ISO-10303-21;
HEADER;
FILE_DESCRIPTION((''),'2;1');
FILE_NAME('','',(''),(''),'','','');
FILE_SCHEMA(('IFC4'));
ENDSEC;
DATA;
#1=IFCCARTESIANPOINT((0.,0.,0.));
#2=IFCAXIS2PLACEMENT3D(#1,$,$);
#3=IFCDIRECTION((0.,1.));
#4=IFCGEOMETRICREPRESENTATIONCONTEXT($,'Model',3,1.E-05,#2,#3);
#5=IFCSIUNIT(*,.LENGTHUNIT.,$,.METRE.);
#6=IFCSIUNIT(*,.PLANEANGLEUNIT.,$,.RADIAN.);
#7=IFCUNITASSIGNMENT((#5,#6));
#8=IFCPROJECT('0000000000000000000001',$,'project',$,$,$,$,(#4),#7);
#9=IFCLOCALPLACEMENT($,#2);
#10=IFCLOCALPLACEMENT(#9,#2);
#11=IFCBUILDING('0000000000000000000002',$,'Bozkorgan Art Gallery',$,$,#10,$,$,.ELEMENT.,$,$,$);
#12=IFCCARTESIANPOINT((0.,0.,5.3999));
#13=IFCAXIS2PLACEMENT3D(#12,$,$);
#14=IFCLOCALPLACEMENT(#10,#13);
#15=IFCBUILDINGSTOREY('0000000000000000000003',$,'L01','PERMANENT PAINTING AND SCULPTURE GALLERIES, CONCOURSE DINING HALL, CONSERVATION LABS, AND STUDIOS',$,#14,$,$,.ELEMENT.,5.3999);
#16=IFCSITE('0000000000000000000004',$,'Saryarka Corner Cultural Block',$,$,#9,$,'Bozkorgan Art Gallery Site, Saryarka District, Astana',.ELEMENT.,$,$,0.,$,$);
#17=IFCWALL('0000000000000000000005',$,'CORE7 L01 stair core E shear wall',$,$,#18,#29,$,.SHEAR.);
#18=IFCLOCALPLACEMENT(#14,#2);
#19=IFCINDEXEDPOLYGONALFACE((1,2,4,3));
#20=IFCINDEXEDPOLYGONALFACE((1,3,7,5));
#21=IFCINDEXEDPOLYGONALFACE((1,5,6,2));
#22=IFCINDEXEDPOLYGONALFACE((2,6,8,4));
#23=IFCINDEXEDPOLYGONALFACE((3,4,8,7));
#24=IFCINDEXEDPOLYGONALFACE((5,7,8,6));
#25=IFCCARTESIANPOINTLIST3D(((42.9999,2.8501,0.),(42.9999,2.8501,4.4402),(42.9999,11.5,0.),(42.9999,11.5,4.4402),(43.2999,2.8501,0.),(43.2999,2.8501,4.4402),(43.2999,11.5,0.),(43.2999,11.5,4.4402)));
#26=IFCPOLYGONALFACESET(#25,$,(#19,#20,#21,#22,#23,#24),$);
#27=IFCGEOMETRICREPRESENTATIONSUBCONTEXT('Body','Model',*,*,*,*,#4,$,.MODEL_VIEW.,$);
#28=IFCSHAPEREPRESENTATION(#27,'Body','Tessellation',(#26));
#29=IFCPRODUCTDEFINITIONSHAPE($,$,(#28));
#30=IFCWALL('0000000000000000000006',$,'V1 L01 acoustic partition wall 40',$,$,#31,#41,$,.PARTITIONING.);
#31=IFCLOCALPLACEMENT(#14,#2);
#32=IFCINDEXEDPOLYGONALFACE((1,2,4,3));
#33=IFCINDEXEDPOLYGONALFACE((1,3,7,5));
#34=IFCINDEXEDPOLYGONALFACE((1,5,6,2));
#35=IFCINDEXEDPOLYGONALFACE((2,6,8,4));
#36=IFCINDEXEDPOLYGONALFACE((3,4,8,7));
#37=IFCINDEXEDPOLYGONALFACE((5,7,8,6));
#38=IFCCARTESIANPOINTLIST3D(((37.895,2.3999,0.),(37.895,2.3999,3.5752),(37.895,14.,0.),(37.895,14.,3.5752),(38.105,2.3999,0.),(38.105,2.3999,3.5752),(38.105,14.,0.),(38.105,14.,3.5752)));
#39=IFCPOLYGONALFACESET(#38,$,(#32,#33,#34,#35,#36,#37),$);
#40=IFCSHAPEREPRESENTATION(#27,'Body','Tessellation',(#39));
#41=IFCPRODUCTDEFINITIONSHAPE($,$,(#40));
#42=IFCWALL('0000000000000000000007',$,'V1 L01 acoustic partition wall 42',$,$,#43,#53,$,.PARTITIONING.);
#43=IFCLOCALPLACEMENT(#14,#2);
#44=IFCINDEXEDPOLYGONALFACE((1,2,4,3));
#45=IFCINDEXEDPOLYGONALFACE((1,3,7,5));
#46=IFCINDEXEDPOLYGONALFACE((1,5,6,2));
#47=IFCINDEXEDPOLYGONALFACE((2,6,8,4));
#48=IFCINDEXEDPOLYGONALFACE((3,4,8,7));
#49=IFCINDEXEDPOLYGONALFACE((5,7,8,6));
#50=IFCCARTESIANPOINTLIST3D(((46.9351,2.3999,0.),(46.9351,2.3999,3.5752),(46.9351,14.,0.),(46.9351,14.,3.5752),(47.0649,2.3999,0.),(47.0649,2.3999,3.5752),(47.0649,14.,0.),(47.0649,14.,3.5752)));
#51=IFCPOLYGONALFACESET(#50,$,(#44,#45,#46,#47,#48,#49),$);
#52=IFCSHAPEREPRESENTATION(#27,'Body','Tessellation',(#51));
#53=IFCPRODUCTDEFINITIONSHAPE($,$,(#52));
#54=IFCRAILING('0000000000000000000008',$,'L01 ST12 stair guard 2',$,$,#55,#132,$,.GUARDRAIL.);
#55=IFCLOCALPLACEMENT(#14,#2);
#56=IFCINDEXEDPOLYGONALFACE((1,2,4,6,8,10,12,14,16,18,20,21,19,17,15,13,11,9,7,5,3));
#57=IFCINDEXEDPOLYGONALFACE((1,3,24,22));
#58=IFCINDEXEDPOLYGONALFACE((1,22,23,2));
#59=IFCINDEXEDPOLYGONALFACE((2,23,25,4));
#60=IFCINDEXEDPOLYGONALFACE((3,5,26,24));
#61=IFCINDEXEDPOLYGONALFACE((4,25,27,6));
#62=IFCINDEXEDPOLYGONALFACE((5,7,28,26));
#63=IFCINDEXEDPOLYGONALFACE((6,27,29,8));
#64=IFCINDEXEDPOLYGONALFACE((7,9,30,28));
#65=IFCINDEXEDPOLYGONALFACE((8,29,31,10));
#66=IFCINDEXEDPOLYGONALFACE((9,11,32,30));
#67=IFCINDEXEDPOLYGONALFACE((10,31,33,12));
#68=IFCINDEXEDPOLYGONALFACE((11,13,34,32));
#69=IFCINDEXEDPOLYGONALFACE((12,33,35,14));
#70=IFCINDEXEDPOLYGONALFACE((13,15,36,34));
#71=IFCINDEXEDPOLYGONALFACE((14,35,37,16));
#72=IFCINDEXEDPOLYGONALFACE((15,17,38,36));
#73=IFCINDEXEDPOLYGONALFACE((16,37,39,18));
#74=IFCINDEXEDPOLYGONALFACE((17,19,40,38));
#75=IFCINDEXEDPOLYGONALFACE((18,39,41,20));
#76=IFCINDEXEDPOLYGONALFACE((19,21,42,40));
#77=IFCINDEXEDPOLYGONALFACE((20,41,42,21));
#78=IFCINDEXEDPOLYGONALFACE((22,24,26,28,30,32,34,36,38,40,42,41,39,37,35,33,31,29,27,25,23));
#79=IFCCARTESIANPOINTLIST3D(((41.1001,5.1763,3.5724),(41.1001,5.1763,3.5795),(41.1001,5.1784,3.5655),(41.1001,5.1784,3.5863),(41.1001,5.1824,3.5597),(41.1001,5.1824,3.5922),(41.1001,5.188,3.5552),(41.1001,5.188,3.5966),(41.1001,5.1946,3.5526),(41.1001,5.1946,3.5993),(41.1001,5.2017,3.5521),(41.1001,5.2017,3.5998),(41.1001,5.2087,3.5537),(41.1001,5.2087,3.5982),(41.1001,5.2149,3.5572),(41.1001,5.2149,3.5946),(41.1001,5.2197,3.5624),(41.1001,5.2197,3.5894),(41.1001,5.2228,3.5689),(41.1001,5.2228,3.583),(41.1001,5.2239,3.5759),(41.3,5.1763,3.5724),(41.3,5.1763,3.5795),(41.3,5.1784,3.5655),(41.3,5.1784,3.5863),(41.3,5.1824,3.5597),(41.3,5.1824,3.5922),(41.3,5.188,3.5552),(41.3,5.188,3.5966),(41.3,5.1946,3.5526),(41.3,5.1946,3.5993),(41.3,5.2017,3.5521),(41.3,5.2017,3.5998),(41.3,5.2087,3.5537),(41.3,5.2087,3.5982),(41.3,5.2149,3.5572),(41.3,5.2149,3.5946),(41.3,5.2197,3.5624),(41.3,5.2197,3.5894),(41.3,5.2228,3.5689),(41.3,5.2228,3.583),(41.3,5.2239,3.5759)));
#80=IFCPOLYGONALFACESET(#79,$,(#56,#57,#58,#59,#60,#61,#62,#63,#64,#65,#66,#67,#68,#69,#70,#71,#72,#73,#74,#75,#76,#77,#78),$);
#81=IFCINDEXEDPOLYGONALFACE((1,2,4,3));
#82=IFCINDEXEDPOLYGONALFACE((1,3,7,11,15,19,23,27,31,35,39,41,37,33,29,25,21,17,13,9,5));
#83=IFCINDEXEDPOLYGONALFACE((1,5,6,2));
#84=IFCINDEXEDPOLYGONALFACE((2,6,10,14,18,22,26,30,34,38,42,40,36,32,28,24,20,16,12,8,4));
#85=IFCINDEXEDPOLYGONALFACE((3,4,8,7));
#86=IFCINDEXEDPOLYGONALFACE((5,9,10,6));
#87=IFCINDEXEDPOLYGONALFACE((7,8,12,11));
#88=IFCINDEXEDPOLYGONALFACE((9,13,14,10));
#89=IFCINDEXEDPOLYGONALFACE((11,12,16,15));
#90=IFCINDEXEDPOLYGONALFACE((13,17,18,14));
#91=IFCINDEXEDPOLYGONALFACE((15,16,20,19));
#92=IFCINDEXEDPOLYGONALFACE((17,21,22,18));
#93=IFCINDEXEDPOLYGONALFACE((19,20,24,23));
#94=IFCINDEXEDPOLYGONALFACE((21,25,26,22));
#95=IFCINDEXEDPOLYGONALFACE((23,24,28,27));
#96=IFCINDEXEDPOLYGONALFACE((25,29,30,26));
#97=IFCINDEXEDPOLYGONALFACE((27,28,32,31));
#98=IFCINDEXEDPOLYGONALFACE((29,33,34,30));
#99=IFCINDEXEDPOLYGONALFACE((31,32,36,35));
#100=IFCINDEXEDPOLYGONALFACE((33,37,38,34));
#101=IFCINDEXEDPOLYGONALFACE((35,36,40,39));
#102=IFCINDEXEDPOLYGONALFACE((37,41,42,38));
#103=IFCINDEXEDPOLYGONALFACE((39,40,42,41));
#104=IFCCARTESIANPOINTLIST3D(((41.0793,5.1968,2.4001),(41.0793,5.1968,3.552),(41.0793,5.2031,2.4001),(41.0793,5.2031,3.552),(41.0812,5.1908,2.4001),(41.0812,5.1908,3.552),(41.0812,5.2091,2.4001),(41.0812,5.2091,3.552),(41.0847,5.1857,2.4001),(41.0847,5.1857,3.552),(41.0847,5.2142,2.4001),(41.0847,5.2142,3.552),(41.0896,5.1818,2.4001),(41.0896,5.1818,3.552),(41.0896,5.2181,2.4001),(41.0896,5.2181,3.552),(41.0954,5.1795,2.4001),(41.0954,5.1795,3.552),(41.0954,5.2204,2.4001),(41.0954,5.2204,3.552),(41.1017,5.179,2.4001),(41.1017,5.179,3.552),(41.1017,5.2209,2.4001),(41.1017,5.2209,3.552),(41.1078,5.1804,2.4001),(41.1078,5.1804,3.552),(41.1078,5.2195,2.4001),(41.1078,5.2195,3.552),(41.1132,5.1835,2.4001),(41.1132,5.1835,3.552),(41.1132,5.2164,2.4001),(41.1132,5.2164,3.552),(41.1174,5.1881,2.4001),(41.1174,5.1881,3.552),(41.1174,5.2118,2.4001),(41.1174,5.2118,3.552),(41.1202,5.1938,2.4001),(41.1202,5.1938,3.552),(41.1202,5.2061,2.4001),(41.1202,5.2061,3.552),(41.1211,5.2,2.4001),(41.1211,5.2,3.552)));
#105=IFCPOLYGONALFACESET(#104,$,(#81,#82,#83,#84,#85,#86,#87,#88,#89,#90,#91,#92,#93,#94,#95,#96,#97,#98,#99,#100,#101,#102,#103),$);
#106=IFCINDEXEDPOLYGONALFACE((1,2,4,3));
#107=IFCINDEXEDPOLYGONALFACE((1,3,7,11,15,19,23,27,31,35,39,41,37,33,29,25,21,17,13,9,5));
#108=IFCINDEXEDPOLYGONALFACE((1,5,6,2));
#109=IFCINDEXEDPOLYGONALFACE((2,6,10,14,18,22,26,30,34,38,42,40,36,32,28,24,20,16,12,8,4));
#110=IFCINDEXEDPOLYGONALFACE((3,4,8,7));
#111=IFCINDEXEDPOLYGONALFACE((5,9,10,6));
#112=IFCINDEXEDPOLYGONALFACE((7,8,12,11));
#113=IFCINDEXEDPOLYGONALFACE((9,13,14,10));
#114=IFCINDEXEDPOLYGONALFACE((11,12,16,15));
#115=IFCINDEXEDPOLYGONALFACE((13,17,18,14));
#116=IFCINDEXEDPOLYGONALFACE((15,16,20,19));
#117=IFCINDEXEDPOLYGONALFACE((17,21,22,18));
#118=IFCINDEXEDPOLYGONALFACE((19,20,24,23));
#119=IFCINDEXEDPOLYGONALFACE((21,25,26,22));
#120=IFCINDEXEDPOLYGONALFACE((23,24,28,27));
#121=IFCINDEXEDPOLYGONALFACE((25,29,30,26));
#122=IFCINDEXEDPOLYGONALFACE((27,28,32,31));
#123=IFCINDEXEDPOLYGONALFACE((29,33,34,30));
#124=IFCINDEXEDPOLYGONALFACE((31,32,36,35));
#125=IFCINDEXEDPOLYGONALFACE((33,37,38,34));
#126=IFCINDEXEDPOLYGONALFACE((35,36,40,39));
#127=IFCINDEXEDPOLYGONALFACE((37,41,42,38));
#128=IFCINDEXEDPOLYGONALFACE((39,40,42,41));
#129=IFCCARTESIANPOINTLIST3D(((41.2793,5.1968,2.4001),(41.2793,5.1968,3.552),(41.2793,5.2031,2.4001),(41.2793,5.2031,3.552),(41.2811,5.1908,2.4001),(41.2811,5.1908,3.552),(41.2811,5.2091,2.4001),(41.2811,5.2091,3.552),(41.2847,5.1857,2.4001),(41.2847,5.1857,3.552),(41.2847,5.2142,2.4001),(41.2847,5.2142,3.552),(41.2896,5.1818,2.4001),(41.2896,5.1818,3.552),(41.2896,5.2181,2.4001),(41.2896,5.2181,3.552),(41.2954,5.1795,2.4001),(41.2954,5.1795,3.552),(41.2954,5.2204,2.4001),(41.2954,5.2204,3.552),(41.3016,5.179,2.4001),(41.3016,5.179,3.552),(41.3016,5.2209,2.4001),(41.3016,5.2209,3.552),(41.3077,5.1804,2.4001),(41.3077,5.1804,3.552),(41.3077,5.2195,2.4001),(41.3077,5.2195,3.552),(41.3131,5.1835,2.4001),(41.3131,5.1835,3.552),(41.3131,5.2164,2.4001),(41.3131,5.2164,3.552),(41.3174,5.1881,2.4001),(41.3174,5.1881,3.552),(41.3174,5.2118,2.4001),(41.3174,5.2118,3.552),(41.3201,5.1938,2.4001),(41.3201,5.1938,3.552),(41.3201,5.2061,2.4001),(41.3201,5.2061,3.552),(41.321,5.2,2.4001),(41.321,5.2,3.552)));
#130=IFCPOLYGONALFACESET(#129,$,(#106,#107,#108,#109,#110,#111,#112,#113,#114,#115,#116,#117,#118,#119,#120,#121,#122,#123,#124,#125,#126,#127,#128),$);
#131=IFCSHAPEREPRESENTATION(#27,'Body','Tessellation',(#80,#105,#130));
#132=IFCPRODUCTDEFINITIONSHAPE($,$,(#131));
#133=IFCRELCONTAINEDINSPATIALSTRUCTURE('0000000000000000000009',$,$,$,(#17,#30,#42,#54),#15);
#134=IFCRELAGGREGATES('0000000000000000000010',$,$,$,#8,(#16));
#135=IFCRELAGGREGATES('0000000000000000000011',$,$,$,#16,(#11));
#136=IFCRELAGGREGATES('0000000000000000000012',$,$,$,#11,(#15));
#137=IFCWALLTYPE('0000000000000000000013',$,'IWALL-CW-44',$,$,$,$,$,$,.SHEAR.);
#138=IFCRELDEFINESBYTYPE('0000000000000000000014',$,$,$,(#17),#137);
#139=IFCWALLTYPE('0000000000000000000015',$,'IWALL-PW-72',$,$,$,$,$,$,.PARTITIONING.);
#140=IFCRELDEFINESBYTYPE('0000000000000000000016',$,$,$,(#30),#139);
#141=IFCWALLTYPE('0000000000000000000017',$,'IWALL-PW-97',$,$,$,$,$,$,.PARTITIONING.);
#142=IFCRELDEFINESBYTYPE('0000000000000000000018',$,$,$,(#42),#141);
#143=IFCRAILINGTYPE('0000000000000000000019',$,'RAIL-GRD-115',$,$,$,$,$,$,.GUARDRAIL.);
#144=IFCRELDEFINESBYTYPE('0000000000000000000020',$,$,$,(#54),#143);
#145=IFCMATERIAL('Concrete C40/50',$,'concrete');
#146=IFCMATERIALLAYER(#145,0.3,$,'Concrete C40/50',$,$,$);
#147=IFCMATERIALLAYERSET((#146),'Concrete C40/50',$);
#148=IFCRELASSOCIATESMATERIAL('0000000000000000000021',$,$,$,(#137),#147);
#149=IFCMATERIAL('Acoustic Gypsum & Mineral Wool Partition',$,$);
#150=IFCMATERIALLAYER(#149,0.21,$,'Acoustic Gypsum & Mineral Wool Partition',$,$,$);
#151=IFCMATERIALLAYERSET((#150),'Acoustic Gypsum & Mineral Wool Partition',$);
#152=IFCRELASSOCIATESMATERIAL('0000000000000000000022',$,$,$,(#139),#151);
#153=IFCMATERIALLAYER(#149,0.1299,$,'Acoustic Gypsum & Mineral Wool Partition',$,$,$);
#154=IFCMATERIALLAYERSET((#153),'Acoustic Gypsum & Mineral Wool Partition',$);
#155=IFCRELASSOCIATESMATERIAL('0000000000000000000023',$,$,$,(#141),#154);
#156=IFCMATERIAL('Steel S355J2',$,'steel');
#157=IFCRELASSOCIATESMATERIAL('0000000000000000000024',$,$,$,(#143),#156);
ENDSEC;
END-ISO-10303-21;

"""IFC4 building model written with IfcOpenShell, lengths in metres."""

from ifc_helpers import new_model, si_unit, direction, frame, frame_2d, origin, origin_2d, place, context, subcontext, project, spatial, rectangle, circle, extrude, material, layer, layer_set, type_object, element, save


model = new_model("IFC4")

# Units and contexts
model_context = context("Model", 3, precision=1e-05, world=origin(), true_north=direction((0.0, 1.0)))
body_context = subcontext(model_context, "Body", "Model", "MODEL_VIEW")
ifc_project = project(units=[si_unit("LENGTHUNIT", "METRE"), si_unit("PLANEANGLEUNIT", "RADIAN")], contexts=[model_context])

# Site, building, storey
site_placement = place(None, origin())
site = spatial("IfcSite", under=ifc_project, at=site_placement, Name="Saryarka Corner Cultural Block", LongName="Bozkorgan Art Gallery Site, Saryarka District, Astana", CompositionType="ELEMENT", RefElevation=0.0)
building_placement = place(site_placement, origin())
building = spatial("IfcBuilding", under=site, at=building_placement, Name="Bozkorgan Art Gallery", CompositionType="ELEMENT")
storey_placement = place(building_placement, frame((0.0, 0.0, 5.3999)))
storey = spatial("IfcBuildingStorey", under=building, at=storey_placement, Name="L01", Description="PERMANENT PAINTING AND SCULPTURE GALLERIES, CONCOURSE DINING HALL, CONSERVATION LABS, AND STUDIOS", CompositionType="ELEMENT", Elevation=5.3999)

# Shared definitions
ifc_material_1 = material(Name="Concrete C40/50", Category="concrete")

# Walls
ifc_layer_1 = layer(ifc_material_1, 0.3, Name="Concrete C40/50")
ifc_layer_set_1 = layer_set([ifc_layer_1], Name="Concrete C40/50")
wall_type_1 = type_object("IfcWallType", Name="IWALL-CW-44", PredefinedType="SHEAR", material=ifc_layer_set_1)
for number, where, z_axis, x_axis, name in (
    (1, (43.1499, 2.8501, 0.0), (0.0, 0.0, 1.0), (0.0, 1.0, 0.0), "CORE7 L01 stair core E shear wall"),
):
    element("IfcWall", number, at=place(storey_placement, frame(where, z_axis=z_axis, x_axis=x_axis)), inside=storey, type_object=wall_type_1, Name=name, PredefinedType="SHEAR", context=body_context, shape_type="SweptSolid", body=[
        extrude(rectangle(XDim=8.6499, YDim=0.3, at=frame_2d((4.325, 0.0))), origin(), (0.0, 0.0, 1.0), 4.4402),
    ])
ifc_material_2 = material(Name="Acoustic Gypsum & Mineral Wool Partition")
ifc_layer_2 = layer(ifc_material_2, 0.21, Name="Acoustic Gypsum & Mineral Wool Partition")
ifc_layer_set_2 = layer_set([ifc_layer_2], Name="Acoustic Gypsum & Mineral Wool Partition")
wall_type_2 = type_object("IfcWallType", Name="IWALL-PW-72", PredefinedType="PARTITIONING", material=ifc_layer_set_2)
wall_1_placement = place(storey_placement, frame((38.0, 2.3999, 0.0), z_axis=(0.0, 0.0, 1.0), x_axis=(0.0, 1.0, 0.0)))
element("IfcWall", 2, at=wall_1_placement, inside=storey, type_object=wall_type_2, Name="V1 L01 acoustic partition wall 40", PredefinedType="PARTITIONING", context=body_context, shape_type="SweptSolid", body=[
    extrude(rectangle(XDim=11.6001, YDim=0.21, at=frame_2d((5.8, 0.0))), origin(), (0.0, 0.0, 1.0), 3.5752),
])
ifc_layer_3 = layer(ifc_material_2, 0.1299, Name="Acoustic Gypsum & Mineral Wool Partition")
ifc_layer_set_3 = layer_set([ifc_layer_3], Name="Acoustic Gypsum & Mineral Wool Partition")
wall_type_3 = type_object("IfcWallType", Name="IWALL-PW-97", PredefinedType="PARTITIONING", material=ifc_layer_set_3)
wall_2_placement = place(storey_placement, frame((47.0, 2.3999, 0.0), z_axis=(0.0, 0.0, 1.0), x_axis=(0.0, 1.0, 0.0)))
element("IfcWall", 3, at=wall_2_placement, inside=storey, type_object=wall_type_3, Name="V1 L01 acoustic partition wall 42", PredefinedType="PARTITIONING", context=body_context, shape_type="SweptSolid", body=[
    extrude(rectangle(XDim=11.6001, YDim=0.1299, at=frame_2d((5.8, 0.0))), origin(), (0.0, 0.0, 1.0), 3.5752),
])

# Railing
ifc_material_3 = material(Name="Steel S355J2", Category="steel")
railing_type = type_object("IfcRailingType", Name="RAIL-GRD-115", PredefinedType="GUARDRAIL", material=ifc_material_3)
railing_1_placement = place(storey_placement, frame((41.1001, 5.2, 2.4001)))
element("IfcRailing", 4, at=railing_1_placement, inside=storey, type_object=railing_type, Name="L01 ST12 stair guard 2", PredefinedType="GUARDRAIL", context=body_context, shape_type="SweptSolid", body=[
    extrude(circle(Radius=0.0239, at=origin_2d()), frame((0.0, 0.0, 1.1758), z_axis=(1.0, 0.0, 0.0), x_axis=(0.0, 1.0, 0.0)), (0.0, 0.0, 1.0), 0.2),
    extrude(circle(Radius=0.021, at=origin_2d()), origin(), (0.0, 0.0, 1.0), 1.1519),
    extrude(circle(Radius=0.021, at=origin_2d()), frame((0.2, 0.0, 0.0)), (0.0, 0.0, 1.0), 1.1519),
])

save(model, "model.ifc")
